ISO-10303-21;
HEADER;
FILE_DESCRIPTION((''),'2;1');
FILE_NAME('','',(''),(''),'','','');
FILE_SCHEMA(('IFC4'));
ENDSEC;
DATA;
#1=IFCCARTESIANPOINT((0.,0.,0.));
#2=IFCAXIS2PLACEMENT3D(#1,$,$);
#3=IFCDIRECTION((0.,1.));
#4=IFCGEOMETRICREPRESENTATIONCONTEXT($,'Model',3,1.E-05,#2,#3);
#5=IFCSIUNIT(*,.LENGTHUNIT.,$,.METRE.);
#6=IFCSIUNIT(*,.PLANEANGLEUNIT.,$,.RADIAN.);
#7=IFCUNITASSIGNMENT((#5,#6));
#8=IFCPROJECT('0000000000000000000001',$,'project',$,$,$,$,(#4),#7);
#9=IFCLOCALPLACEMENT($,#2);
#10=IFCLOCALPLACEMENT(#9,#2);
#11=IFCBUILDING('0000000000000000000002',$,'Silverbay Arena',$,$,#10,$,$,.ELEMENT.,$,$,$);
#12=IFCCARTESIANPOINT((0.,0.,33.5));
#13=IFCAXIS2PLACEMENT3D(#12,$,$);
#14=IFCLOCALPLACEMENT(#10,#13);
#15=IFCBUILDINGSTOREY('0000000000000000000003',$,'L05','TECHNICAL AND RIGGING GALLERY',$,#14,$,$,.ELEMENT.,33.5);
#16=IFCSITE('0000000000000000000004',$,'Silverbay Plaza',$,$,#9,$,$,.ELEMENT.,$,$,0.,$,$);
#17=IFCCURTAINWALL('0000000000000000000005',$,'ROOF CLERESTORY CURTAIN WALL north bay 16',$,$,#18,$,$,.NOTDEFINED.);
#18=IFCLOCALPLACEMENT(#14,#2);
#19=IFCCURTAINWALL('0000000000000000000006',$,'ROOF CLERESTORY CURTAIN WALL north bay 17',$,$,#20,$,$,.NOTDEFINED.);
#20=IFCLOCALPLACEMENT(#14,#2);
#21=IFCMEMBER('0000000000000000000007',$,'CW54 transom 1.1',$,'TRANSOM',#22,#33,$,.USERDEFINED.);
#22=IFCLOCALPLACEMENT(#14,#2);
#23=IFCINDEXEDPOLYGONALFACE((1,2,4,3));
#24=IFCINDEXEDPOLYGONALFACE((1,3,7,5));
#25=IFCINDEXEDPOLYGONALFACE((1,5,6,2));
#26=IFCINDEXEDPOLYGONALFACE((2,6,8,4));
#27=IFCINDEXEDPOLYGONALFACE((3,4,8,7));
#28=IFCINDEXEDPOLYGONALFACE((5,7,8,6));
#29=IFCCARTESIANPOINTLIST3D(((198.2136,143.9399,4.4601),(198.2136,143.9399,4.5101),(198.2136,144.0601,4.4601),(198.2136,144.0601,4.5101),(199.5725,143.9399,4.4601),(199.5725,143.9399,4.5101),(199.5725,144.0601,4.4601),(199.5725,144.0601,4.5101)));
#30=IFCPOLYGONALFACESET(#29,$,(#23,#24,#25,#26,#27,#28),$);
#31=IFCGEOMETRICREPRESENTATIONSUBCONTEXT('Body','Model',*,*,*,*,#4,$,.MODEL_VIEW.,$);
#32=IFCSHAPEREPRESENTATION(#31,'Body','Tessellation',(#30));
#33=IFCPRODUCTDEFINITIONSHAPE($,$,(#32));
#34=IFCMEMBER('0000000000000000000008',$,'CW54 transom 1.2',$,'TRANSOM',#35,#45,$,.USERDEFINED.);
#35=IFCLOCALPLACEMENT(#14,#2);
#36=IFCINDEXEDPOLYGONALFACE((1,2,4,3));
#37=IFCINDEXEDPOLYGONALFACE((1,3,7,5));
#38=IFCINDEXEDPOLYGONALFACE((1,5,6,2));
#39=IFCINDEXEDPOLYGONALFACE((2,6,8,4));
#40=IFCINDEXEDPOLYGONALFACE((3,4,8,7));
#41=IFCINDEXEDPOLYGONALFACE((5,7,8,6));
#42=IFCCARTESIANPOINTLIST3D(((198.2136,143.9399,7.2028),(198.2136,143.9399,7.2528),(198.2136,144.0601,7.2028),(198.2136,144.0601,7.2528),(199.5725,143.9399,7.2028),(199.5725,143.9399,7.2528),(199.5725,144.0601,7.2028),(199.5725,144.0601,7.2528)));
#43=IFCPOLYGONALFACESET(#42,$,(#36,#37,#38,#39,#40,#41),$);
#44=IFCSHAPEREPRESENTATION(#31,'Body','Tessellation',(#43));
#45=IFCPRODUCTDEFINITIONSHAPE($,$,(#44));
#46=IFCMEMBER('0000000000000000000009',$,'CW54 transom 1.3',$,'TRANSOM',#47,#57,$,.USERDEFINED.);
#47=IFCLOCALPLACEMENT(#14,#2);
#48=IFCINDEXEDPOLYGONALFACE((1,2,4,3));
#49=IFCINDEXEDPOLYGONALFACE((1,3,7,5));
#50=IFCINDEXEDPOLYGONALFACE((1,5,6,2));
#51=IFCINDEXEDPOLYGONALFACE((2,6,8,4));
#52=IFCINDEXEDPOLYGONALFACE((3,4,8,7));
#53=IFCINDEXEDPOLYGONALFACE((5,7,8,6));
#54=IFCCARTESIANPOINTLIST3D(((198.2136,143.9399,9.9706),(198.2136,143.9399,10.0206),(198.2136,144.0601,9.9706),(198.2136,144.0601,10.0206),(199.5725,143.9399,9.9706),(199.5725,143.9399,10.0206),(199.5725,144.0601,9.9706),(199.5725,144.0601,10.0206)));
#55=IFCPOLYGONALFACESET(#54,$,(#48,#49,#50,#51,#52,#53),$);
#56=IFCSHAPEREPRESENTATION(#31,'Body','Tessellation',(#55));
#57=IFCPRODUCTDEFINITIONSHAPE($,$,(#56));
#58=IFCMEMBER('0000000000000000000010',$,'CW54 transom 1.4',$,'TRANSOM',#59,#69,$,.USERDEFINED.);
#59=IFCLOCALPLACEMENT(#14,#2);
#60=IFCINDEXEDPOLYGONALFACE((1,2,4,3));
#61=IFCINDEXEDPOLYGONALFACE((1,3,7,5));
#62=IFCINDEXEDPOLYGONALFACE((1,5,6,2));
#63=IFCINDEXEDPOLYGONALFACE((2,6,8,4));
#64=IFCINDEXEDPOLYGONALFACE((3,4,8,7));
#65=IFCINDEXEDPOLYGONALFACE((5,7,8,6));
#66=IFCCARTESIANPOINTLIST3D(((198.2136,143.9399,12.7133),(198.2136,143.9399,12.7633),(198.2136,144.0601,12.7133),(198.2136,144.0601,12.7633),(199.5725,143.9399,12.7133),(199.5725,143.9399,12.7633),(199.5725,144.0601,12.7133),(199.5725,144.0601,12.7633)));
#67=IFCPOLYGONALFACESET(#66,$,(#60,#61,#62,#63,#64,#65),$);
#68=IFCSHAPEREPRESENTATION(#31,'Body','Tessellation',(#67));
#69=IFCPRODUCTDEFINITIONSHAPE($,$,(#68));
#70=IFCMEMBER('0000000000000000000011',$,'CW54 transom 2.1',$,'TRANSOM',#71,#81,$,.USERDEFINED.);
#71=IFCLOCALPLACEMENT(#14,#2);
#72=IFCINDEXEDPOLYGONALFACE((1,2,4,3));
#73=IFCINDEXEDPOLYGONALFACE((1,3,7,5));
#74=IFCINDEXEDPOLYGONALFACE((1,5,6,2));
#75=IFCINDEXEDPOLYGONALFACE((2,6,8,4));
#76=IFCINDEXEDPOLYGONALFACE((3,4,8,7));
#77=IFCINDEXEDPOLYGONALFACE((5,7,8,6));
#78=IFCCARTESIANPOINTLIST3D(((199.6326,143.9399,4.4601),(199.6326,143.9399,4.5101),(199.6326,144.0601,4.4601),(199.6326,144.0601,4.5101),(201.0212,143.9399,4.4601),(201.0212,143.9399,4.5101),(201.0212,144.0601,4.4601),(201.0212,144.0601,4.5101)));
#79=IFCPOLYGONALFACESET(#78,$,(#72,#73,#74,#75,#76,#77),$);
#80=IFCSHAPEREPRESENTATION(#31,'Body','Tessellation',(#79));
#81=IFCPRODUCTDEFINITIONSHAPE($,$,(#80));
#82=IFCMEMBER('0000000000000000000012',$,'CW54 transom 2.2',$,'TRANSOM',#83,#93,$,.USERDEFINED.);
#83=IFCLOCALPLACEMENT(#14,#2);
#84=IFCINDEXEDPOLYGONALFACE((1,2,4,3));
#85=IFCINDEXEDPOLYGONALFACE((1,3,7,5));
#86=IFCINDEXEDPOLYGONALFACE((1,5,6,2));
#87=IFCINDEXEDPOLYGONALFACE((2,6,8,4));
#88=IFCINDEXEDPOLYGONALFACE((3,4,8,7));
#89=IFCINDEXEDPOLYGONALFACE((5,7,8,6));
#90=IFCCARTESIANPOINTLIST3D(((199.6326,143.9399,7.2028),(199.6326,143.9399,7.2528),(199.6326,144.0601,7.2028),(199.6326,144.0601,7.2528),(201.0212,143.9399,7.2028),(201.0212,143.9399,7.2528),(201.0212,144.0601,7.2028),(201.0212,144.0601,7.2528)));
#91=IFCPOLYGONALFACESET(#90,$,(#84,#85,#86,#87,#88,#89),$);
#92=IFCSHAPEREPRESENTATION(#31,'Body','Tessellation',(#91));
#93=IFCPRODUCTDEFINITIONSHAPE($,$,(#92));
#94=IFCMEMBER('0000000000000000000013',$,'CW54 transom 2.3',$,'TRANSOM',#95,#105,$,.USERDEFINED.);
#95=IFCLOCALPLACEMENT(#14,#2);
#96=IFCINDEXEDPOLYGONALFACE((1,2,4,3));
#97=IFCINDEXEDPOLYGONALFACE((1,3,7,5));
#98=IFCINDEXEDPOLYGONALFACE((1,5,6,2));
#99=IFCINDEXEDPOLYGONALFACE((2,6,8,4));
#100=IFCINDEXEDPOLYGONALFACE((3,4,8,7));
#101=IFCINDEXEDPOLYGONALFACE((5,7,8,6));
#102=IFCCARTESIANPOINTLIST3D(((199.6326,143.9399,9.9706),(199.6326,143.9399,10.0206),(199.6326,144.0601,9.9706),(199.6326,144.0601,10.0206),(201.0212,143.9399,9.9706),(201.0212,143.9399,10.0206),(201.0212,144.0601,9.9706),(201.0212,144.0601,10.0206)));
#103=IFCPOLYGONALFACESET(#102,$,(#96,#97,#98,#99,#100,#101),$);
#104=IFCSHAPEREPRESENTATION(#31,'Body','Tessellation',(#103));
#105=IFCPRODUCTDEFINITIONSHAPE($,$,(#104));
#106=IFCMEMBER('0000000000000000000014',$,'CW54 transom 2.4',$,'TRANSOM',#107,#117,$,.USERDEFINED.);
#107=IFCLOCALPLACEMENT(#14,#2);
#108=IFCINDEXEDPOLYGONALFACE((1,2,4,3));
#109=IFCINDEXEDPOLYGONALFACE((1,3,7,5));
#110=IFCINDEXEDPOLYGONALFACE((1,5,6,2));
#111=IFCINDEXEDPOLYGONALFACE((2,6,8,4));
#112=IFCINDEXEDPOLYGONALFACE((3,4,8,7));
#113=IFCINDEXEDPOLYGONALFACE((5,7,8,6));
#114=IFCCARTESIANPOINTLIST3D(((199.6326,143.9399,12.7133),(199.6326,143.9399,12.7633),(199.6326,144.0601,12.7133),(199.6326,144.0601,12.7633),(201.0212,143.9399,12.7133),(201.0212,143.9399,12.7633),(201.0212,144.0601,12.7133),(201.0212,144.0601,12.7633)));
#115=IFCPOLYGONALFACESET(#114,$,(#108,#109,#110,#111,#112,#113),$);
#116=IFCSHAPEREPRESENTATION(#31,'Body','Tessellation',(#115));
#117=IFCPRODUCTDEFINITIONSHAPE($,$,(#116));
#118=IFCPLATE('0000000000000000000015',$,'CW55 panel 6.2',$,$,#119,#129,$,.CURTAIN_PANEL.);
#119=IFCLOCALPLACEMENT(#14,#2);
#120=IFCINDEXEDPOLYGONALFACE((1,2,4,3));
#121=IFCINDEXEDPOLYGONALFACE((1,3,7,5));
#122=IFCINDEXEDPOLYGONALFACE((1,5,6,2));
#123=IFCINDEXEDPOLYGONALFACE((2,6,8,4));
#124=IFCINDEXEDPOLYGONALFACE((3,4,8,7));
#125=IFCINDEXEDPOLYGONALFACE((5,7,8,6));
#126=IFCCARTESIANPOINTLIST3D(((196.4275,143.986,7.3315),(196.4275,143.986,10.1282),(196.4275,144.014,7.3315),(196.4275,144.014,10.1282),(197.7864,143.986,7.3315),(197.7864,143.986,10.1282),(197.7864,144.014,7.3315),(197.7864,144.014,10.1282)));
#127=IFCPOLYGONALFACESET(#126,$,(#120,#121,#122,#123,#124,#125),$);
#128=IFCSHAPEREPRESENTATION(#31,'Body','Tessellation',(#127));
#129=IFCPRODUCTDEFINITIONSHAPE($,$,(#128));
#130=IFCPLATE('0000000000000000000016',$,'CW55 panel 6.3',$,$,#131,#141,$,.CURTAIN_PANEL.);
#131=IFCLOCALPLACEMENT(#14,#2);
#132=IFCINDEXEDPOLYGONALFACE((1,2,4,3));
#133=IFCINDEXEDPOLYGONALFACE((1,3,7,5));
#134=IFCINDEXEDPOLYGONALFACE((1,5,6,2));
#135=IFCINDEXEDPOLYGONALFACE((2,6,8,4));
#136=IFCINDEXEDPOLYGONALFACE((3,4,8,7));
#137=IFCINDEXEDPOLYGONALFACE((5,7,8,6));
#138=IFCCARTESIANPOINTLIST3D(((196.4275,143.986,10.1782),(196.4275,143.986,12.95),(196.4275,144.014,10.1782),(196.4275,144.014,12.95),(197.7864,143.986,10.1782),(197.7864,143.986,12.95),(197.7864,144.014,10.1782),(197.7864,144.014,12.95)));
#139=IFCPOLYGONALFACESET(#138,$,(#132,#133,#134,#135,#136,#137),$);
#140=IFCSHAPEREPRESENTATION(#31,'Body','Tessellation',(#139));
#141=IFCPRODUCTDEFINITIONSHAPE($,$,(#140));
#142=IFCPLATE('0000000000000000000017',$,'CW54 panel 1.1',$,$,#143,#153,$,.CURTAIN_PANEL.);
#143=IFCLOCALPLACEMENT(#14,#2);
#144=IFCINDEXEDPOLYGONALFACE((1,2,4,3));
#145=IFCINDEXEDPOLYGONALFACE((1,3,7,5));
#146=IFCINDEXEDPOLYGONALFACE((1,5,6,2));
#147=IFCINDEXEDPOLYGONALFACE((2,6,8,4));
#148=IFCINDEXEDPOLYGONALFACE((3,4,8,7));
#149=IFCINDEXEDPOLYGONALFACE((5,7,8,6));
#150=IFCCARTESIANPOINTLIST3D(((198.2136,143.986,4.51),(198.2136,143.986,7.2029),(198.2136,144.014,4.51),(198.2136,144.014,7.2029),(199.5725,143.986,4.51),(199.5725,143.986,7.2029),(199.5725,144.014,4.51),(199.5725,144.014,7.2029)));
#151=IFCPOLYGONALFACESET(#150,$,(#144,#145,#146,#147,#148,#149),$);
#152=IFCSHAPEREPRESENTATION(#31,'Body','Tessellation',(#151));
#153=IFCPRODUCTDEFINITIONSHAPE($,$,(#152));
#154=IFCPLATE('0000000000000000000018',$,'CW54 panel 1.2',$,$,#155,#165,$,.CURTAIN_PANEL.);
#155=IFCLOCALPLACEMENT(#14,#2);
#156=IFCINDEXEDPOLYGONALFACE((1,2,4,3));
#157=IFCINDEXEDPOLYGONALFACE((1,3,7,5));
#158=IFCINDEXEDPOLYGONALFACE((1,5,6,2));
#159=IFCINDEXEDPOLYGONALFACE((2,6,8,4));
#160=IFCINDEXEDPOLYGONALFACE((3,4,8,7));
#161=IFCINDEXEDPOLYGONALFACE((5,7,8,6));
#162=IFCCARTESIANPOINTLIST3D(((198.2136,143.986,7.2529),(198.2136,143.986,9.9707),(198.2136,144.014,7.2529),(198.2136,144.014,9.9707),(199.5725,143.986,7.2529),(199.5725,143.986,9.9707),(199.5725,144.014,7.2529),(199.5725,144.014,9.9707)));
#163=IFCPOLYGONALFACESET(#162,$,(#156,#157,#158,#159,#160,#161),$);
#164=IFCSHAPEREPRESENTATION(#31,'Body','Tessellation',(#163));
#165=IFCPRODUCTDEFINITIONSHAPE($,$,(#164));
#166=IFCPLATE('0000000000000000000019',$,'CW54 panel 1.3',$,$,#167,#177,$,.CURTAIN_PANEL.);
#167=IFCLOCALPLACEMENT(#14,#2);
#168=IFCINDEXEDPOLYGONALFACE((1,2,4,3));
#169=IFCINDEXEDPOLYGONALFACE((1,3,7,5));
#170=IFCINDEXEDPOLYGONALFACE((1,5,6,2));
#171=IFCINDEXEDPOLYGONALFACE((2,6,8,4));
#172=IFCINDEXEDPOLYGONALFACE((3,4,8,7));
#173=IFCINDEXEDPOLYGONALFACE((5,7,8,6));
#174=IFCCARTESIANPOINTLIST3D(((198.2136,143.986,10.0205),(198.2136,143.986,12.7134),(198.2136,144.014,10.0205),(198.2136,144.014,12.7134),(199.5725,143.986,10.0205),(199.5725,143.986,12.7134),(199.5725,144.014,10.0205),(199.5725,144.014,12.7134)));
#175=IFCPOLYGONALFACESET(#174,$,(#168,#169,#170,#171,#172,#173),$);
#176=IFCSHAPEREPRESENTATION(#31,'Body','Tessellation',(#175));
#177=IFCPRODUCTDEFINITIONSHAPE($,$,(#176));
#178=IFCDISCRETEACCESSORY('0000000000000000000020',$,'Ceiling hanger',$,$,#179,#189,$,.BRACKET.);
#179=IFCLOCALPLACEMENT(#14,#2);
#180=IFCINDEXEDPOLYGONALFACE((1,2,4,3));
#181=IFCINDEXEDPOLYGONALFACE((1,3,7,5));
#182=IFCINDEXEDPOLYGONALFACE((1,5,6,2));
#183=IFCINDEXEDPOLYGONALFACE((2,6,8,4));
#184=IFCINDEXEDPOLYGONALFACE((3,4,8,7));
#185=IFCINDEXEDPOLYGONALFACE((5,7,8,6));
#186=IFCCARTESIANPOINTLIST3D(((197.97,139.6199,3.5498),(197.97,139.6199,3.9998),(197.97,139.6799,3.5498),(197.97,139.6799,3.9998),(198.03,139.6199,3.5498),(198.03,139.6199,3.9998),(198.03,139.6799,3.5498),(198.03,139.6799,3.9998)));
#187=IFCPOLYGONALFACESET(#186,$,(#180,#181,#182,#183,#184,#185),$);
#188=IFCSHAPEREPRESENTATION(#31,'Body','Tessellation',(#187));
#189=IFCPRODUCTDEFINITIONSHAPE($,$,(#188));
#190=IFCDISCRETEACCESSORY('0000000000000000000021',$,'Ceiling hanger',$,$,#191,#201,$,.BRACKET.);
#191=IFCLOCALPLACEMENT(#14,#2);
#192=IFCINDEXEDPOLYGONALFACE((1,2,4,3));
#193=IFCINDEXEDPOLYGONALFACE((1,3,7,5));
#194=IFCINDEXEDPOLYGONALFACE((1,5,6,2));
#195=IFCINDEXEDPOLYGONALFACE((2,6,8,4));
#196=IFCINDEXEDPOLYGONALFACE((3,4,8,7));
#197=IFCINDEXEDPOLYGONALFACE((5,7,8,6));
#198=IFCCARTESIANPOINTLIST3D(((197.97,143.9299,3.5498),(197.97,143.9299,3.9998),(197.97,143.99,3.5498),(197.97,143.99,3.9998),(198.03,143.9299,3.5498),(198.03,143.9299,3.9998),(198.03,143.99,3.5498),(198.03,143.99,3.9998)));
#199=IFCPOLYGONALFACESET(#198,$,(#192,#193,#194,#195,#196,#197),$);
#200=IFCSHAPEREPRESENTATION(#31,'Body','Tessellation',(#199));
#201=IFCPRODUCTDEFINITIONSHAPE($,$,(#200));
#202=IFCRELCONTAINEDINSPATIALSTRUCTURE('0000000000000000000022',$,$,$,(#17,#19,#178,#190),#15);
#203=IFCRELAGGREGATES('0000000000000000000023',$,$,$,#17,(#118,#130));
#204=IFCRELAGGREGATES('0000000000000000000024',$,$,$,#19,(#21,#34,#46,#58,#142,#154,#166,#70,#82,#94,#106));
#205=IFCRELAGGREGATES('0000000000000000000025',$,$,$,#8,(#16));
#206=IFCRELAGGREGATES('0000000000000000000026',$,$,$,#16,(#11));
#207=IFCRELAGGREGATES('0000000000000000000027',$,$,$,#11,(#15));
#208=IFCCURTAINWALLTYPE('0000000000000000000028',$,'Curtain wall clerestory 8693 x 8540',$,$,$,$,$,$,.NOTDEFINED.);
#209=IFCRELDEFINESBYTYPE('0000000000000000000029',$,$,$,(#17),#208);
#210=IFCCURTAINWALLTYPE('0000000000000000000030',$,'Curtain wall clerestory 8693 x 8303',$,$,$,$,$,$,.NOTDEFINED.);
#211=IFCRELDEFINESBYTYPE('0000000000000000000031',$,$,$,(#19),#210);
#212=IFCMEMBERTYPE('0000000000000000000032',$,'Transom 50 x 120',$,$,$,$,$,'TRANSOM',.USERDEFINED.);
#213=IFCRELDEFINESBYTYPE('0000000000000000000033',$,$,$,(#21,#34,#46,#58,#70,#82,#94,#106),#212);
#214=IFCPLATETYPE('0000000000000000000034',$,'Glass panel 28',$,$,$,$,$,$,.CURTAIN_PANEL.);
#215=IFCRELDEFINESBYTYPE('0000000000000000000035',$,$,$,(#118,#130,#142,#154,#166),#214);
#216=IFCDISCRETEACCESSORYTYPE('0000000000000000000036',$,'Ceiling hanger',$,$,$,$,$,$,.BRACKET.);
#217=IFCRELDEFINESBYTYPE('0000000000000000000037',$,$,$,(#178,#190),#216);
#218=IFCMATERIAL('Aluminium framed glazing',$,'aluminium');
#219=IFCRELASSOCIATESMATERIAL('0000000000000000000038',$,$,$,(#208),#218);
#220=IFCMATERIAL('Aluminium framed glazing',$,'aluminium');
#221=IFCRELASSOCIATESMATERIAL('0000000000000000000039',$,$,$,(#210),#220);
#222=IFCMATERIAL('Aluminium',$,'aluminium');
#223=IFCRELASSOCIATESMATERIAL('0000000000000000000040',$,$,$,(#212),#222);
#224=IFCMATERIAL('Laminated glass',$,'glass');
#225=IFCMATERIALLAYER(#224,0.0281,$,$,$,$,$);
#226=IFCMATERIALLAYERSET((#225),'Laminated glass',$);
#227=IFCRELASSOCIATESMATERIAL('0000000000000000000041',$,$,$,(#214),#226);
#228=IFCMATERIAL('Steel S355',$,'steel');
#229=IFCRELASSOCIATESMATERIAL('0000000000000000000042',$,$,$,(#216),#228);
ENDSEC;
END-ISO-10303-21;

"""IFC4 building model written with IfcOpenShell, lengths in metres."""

from ifc_helpers import new_model, si_unit, direction, frame, origin, origin_2d, place, context, subcontext, project, spatial, rectangle, extrude, material, layer, layer_set, material_profile, profile_set, type_object, element, aggregate, save


model = new_model("IFC4")

# Units and contexts
model_context = context("Model", 3, precision=1e-05, world=origin(), true_north=direction((0.0, 1.0)))
body_context = subcontext(model_context, "Body", "Model", "MODEL_VIEW")
ifc_project = project(units=[si_unit("LENGTHUNIT", "METRE"), si_unit("PLANEANGLEUNIT", "RADIAN")], contexts=[model_context])

# Site, building, storey
site_placement = place(None, origin())
site = spatial("IfcSite", under=ifc_project, at=site_placement, Name="Silverbay Plaza", CompositionType="ELEMENT", RefElevation=0.0)
building_placement = place(site_placement, origin())
building = spatial("IfcBuilding", under=site, at=building_placement, Name="Silverbay Arena", CompositionType="ELEMENT")
storey_placement = place(building_placement, frame((0.0, 0.0, 33.5)))
storey = spatial("IfcBuildingStorey", under=building, at=storey_placement, Name="L05", Description="TECHNICAL AND RIGGING GALLERY", CompositionType="ELEMENT", Elevation=33.5)

# Curtain wall
ifc_material_1 = material(Name="Aluminium framed glazing", Category="aluminium")
curtain_wall_type_1 = type_object("IfcCurtainWallType", Name="Curtain wall clerestory 8693 x 8540", PredefinedType="NOTDEFINED", material=ifc_material_1)
curtain_wall_1_placement = place(storey_placement, origin())
curtain_wall_1 = element("IfcCurtainWall", 1, at=curtain_wall_1_placement, inside=storey, type_object=curtain_wall_type_1, Name="ROOF CLERESTORY CURTAIN WALL north bay 16", PredefinedType="NOTDEFINED")

# Curtain wall
ifc_material_2 = material(Name="Aluminium framed glazing", Category="aluminium")
curtain_wall_type_2 = type_object("IfcCurtainWallType", Name="Curtain wall clerestory 8693 x 8303", PredefinedType="NOTDEFINED", material=ifc_material_2)
curtain_wall_2_placement = place(storey_placement, origin())
curtain_wall_2 = element("IfcCurtainWall", 2, at=curtain_wall_2_placement, inside=storey, type_object=curtain_wall_type_2, Name="ROOF CLERESTORY CURTAIN WALL north bay 17", PredefinedType="NOTDEFINED")

# Members
ifc_material_3 = material(Name="Aluminium", Category="aluminium")
ifc_material_profile_1 = material_profile(ifc_material_3, rectangle(XDim=0.1201, YDim=0.05, at=origin_2d()), Name="Transom 50 x 120")
ifc_profile_set_1 = profile_set([ifc_material_profile_1], Name="Aluminium")
member_type_1 = type_object("IfcMemberType", Name="Transom 50 x 120", ElementType="TRANSOM", PredefinedType="USERDEFINED", material=ifc_profile_set_1)
member_1_placement = place(storey_placement, frame((198.2136, 144.0, 4.4851), z_axis=(1.0, 0.0, 0.0), x_axis=(0.0, 1.0, 0.0)))
member_1 = element("IfcMember", 3, at=member_1_placement, type_object=member_type_1, Name="CW54 transom 1.1", ObjectType="TRANSOM", PredefinedType="USERDEFINED", context=body_context, shape_type="SweptSolid", body=[
    extrude(rectangle(XDim=0.1201, YDim=0.05, at=origin_2d()), origin(), (0.0, 0.0, 1.0), 1.3589),
])
member_2_placement = place(storey_placement, frame((198.2136, 144.0, 7.2278), z_axis=(1.0, 0.0, 0.0), x_axis=(0.0, 1.0, 0.0)))
member_2 = element("IfcMember", 4, at=member_2_placement, type_object=member_type_1, Name="CW54 transom 1.2", ObjectType="TRANSOM", PredefinedType="USERDEFINED", context=body_context, shape_type="SweptSolid", body=[
    extrude(rectangle(XDim=0.1201, YDim=0.05, at=origin_2d()), origin(), (0.0, 0.0, 1.0), 1.3589),
])
member_3_placement = place(storey_placement, frame((198.2136, 144.0, 9.9956), z_axis=(1.0, 0.0, 0.0), x_axis=(0.0, 1.0, 0.0)))
member_3 = element("IfcMember", 5, at=member_3_placement, type_object=member_type_1, Name="CW54 transom 1.3", ObjectType="TRANSOM", PredefinedType="USERDEFINED", context=body_context, shape_type="SweptSolid", body=[
    extrude(rectangle(XDim=0.1201, YDim=0.05, at=origin_2d()), origin(), (0.0, 0.0, 1.0), 1.3589),
])
member_4_placement = place(storey_placement, frame((198.2136, 144.0, 12.7383), z_axis=(1.0, 0.0, 0.0), x_axis=(0.0, 1.0, 0.0)))
member_4 = element("IfcMember", 6, at=member_4_placement, type_object=member_type_1, Name="CW54 transom 1.4", ObjectType="TRANSOM", PredefinedType="USERDEFINED", context=body_context, shape_type="SweptSolid", body=[
    extrude(rectangle(XDim=0.1201, YDim=0.05, at=origin_2d()), origin(), (0.0, 0.0, 1.0), 1.3589),
])
member_5_placement = place(storey_placement, frame((199.6326, 144.0, 4.4851), z_axis=(1.0, 0.0, 0.0), x_axis=(0.0, 1.0, 0.0)))
member_5 = element("IfcMember", 7, at=member_5_placement, type_object=member_type_1, Name="CW54 transom 2.1", ObjectType="TRANSOM", PredefinedType="USERDEFINED", context=body_context, shape_type="SweptSolid", body=[
    extrude(rectangle(XDim=0.1201, YDim=0.05, at=origin_2d()), origin(), (0.0, 0.0, 1.0), 1.3887),
])
member_6_placement = place(storey_placement, frame((199.6326, 144.0, 7.2278), z_axis=(1.0, 0.0, 0.0), x_axis=(0.0, 1.0, 0.0)))
member_6 = element("IfcMember", 8, at=member_6_placement, type_object=member_type_1, Name="CW54 transom 2.2", ObjectType="TRANSOM", PredefinedType="USERDEFINED", context=body_context, shape_type="SweptSolid", body=[
    extrude(rectangle(XDim=0.1201, YDim=0.05, at=origin_2d()), origin(), (0.0, 0.0, 1.0), 1.3887),
])
member_7_placement = place(storey_placement, frame((199.6326, 144.0, 9.9956), z_axis=(1.0, 0.0, 0.0), x_axis=(0.0, 1.0, 0.0)))
member_7 = element("IfcMember", 9, at=member_7_placement, type_object=member_type_1, Name="CW54 transom 2.3", ObjectType="TRANSOM", PredefinedType="USERDEFINED", context=body_context, shape_type="SweptSolid", body=[
    extrude(rectangle(XDim=0.1201, YDim=0.05, at=origin_2d()), origin(), (0.0, 0.0, 1.0), 1.3887),
])
member_8_placement = place(storey_placement, frame((199.6326, 144.0, 12.7383), z_axis=(1.0, 0.0, 0.0), x_axis=(0.0, 1.0, 0.0)))
member_8 = element("IfcMember", 10, at=member_8_placement, type_object=member_type_1, Name="CW54 transom 2.4", ObjectType="TRANSOM", PredefinedType="USERDEFINED", context=body_context, shape_type="SweptSolid", body=[
    extrude(rectangle(XDim=0.1201, YDim=0.05, at=origin_2d()), origin(), (0.0, 0.0, 1.0), 1.3887),
])

# Plates
ifc_material_4 = material(Name="Laminated glass", Category="glass")
ifc_layer = layer(ifc_material_4, 0.0281)
ifc_layer_set = layer_set([ifc_layer], Name="Laminated glass")
plate_type = type_object("IfcPlateType", Name="Glass panel 28", PredefinedType="CURTAIN_PANEL", material=ifc_layer_set)
plate_1_placement = place(storey_placement, frame((197.1069, 144.0, 7.3315), z_axis=(0.0, 0.0, 1.0), x_axis=(1.0, 0.0, 0.0)))
plate_1 = element("IfcPlate", 11, at=plate_1_placement, type_object=plate_type, Name="CW55 panel 6.2", PredefinedType="CURTAIN_PANEL", context=body_context, shape_type="SweptSolid", body=[
    extrude(rectangle(XDim=1.3589, YDim=0.0281, at=origin_2d()), origin(), (0.0, 0.0, 1.0), 2.7966),
])
plate_2_placement = place(storey_placement, frame((197.1069, 144.0, 10.1782), z_axis=(0.0, 0.0, 1.0), x_axis=(1.0, 0.0, 0.0)))
plate_2 = element("IfcPlate", 12, at=plate_2_placement, type_object=plate_type, Name="CW55 panel 6.3", PredefinedType="CURTAIN_PANEL", context=body_context, shape_type="SweptSolid", body=[
    extrude(rectangle(XDim=1.3589, YDim=0.0281, at=origin_2d()), origin(), (0.0, 0.0, 1.0), 2.7717),
])
aggregate(curtain_wall_1, [plate_1, plate_2])
plate_3_placement = place(storey_placement, frame((198.8931, 144.0, 4.51), z_axis=(0.0, 0.0, 1.0), x_axis=(1.0, 0.0, 0.0)))
plate_3 = element("IfcPlate", 13, at=plate_3_placement, type_object=plate_type, Name="CW54 panel 1.1", PredefinedType="CURTAIN_PANEL", context=body_context, shape_type="SweptSolid", body=[
    extrude(rectangle(XDim=1.3589, YDim=0.0281, at=origin_2d()), origin(), (0.0, 0.0, 1.0), 2.6929),
])
plate_4_placement = place(storey_placement, frame((198.8931, 144.0, 7.2529), z_axis=(0.0, 0.0, 1.0), x_axis=(1.0, 0.0, 0.0)))
plate_4 = element("IfcPlate", 14, at=plate_4_placement, type_object=plate_type, Name="CW54 panel 1.2", PredefinedType="CURTAIN_PANEL", context=body_context, shape_type="SweptSolid", body=[
    extrude(rectangle(XDim=1.3589, YDim=0.0281, at=origin_2d()), origin(), (0.0, 0.0, 1.0), 2.7178),
])
plate_5_placement = place(storey_placement, frame((198.8931, 144.0, 10.0205), z_axis=(0.0, 0.0, 1.0), x_axis=(1.0, 0.0, 0.0)))
plate_5 = element("IfcPlate", 15, at=plate_5_placement, type_object=plate_type, Name="CW54 panel 1.3", PredefinedType="CURTAIN_PANEL", context=body_context, shape_type="SweptSolid", body=[
    extrude(rectangle(XDim=1.3589, YDim=0.0281, at=origin_2d()), origin(), (0.0, 0.0, 1.0), 2.6929),
])
aggregate(curtain_wall_2, [member_1, member_2, member_3, member_4, plate_3, plate_4, plate_5, member_5, member_6, member_7, member_8])

# Discrete accessories
ifc_material_5 = material(Name="Steel S355", Category="steel")
discrete_accessory_type = type_object("IfcDiscreteAccessoryType", Name="Ceiling hanger", PredefinedType="BRACKET", material=ifc_material_5)
for number, where, z_axis, x_axis, name in (
    (16, (198.0, 139.6499, 3.5498), (0.0, 0.0, 1.0), (1.0, 0.0, 0.0), "Ceiling hanger"),
    (17, (198.0, 143.96, 3.5498), (0.0, 0.0, 1.0), (1.0, 0.0, 0.0), "Ceiling hanger"),
):
    element("IfcDiscreteAccessory", number, at=place(storey_placement, frame(where, z_axis=z_axis, x_axis=x_axis)), inside=storey, type_object=discrete_accessory_type, Name=name, PredefinedType="BRACKET", context=body_context, shape_type="SweptSolid", body=[
        extrude(rectangle(XDim=0.0601, YDim=0.0601, at=origin_2d()), origin(), (0.0, 0.0, 1.0), 0.45),
    ])

save(model, "model.ifc")
